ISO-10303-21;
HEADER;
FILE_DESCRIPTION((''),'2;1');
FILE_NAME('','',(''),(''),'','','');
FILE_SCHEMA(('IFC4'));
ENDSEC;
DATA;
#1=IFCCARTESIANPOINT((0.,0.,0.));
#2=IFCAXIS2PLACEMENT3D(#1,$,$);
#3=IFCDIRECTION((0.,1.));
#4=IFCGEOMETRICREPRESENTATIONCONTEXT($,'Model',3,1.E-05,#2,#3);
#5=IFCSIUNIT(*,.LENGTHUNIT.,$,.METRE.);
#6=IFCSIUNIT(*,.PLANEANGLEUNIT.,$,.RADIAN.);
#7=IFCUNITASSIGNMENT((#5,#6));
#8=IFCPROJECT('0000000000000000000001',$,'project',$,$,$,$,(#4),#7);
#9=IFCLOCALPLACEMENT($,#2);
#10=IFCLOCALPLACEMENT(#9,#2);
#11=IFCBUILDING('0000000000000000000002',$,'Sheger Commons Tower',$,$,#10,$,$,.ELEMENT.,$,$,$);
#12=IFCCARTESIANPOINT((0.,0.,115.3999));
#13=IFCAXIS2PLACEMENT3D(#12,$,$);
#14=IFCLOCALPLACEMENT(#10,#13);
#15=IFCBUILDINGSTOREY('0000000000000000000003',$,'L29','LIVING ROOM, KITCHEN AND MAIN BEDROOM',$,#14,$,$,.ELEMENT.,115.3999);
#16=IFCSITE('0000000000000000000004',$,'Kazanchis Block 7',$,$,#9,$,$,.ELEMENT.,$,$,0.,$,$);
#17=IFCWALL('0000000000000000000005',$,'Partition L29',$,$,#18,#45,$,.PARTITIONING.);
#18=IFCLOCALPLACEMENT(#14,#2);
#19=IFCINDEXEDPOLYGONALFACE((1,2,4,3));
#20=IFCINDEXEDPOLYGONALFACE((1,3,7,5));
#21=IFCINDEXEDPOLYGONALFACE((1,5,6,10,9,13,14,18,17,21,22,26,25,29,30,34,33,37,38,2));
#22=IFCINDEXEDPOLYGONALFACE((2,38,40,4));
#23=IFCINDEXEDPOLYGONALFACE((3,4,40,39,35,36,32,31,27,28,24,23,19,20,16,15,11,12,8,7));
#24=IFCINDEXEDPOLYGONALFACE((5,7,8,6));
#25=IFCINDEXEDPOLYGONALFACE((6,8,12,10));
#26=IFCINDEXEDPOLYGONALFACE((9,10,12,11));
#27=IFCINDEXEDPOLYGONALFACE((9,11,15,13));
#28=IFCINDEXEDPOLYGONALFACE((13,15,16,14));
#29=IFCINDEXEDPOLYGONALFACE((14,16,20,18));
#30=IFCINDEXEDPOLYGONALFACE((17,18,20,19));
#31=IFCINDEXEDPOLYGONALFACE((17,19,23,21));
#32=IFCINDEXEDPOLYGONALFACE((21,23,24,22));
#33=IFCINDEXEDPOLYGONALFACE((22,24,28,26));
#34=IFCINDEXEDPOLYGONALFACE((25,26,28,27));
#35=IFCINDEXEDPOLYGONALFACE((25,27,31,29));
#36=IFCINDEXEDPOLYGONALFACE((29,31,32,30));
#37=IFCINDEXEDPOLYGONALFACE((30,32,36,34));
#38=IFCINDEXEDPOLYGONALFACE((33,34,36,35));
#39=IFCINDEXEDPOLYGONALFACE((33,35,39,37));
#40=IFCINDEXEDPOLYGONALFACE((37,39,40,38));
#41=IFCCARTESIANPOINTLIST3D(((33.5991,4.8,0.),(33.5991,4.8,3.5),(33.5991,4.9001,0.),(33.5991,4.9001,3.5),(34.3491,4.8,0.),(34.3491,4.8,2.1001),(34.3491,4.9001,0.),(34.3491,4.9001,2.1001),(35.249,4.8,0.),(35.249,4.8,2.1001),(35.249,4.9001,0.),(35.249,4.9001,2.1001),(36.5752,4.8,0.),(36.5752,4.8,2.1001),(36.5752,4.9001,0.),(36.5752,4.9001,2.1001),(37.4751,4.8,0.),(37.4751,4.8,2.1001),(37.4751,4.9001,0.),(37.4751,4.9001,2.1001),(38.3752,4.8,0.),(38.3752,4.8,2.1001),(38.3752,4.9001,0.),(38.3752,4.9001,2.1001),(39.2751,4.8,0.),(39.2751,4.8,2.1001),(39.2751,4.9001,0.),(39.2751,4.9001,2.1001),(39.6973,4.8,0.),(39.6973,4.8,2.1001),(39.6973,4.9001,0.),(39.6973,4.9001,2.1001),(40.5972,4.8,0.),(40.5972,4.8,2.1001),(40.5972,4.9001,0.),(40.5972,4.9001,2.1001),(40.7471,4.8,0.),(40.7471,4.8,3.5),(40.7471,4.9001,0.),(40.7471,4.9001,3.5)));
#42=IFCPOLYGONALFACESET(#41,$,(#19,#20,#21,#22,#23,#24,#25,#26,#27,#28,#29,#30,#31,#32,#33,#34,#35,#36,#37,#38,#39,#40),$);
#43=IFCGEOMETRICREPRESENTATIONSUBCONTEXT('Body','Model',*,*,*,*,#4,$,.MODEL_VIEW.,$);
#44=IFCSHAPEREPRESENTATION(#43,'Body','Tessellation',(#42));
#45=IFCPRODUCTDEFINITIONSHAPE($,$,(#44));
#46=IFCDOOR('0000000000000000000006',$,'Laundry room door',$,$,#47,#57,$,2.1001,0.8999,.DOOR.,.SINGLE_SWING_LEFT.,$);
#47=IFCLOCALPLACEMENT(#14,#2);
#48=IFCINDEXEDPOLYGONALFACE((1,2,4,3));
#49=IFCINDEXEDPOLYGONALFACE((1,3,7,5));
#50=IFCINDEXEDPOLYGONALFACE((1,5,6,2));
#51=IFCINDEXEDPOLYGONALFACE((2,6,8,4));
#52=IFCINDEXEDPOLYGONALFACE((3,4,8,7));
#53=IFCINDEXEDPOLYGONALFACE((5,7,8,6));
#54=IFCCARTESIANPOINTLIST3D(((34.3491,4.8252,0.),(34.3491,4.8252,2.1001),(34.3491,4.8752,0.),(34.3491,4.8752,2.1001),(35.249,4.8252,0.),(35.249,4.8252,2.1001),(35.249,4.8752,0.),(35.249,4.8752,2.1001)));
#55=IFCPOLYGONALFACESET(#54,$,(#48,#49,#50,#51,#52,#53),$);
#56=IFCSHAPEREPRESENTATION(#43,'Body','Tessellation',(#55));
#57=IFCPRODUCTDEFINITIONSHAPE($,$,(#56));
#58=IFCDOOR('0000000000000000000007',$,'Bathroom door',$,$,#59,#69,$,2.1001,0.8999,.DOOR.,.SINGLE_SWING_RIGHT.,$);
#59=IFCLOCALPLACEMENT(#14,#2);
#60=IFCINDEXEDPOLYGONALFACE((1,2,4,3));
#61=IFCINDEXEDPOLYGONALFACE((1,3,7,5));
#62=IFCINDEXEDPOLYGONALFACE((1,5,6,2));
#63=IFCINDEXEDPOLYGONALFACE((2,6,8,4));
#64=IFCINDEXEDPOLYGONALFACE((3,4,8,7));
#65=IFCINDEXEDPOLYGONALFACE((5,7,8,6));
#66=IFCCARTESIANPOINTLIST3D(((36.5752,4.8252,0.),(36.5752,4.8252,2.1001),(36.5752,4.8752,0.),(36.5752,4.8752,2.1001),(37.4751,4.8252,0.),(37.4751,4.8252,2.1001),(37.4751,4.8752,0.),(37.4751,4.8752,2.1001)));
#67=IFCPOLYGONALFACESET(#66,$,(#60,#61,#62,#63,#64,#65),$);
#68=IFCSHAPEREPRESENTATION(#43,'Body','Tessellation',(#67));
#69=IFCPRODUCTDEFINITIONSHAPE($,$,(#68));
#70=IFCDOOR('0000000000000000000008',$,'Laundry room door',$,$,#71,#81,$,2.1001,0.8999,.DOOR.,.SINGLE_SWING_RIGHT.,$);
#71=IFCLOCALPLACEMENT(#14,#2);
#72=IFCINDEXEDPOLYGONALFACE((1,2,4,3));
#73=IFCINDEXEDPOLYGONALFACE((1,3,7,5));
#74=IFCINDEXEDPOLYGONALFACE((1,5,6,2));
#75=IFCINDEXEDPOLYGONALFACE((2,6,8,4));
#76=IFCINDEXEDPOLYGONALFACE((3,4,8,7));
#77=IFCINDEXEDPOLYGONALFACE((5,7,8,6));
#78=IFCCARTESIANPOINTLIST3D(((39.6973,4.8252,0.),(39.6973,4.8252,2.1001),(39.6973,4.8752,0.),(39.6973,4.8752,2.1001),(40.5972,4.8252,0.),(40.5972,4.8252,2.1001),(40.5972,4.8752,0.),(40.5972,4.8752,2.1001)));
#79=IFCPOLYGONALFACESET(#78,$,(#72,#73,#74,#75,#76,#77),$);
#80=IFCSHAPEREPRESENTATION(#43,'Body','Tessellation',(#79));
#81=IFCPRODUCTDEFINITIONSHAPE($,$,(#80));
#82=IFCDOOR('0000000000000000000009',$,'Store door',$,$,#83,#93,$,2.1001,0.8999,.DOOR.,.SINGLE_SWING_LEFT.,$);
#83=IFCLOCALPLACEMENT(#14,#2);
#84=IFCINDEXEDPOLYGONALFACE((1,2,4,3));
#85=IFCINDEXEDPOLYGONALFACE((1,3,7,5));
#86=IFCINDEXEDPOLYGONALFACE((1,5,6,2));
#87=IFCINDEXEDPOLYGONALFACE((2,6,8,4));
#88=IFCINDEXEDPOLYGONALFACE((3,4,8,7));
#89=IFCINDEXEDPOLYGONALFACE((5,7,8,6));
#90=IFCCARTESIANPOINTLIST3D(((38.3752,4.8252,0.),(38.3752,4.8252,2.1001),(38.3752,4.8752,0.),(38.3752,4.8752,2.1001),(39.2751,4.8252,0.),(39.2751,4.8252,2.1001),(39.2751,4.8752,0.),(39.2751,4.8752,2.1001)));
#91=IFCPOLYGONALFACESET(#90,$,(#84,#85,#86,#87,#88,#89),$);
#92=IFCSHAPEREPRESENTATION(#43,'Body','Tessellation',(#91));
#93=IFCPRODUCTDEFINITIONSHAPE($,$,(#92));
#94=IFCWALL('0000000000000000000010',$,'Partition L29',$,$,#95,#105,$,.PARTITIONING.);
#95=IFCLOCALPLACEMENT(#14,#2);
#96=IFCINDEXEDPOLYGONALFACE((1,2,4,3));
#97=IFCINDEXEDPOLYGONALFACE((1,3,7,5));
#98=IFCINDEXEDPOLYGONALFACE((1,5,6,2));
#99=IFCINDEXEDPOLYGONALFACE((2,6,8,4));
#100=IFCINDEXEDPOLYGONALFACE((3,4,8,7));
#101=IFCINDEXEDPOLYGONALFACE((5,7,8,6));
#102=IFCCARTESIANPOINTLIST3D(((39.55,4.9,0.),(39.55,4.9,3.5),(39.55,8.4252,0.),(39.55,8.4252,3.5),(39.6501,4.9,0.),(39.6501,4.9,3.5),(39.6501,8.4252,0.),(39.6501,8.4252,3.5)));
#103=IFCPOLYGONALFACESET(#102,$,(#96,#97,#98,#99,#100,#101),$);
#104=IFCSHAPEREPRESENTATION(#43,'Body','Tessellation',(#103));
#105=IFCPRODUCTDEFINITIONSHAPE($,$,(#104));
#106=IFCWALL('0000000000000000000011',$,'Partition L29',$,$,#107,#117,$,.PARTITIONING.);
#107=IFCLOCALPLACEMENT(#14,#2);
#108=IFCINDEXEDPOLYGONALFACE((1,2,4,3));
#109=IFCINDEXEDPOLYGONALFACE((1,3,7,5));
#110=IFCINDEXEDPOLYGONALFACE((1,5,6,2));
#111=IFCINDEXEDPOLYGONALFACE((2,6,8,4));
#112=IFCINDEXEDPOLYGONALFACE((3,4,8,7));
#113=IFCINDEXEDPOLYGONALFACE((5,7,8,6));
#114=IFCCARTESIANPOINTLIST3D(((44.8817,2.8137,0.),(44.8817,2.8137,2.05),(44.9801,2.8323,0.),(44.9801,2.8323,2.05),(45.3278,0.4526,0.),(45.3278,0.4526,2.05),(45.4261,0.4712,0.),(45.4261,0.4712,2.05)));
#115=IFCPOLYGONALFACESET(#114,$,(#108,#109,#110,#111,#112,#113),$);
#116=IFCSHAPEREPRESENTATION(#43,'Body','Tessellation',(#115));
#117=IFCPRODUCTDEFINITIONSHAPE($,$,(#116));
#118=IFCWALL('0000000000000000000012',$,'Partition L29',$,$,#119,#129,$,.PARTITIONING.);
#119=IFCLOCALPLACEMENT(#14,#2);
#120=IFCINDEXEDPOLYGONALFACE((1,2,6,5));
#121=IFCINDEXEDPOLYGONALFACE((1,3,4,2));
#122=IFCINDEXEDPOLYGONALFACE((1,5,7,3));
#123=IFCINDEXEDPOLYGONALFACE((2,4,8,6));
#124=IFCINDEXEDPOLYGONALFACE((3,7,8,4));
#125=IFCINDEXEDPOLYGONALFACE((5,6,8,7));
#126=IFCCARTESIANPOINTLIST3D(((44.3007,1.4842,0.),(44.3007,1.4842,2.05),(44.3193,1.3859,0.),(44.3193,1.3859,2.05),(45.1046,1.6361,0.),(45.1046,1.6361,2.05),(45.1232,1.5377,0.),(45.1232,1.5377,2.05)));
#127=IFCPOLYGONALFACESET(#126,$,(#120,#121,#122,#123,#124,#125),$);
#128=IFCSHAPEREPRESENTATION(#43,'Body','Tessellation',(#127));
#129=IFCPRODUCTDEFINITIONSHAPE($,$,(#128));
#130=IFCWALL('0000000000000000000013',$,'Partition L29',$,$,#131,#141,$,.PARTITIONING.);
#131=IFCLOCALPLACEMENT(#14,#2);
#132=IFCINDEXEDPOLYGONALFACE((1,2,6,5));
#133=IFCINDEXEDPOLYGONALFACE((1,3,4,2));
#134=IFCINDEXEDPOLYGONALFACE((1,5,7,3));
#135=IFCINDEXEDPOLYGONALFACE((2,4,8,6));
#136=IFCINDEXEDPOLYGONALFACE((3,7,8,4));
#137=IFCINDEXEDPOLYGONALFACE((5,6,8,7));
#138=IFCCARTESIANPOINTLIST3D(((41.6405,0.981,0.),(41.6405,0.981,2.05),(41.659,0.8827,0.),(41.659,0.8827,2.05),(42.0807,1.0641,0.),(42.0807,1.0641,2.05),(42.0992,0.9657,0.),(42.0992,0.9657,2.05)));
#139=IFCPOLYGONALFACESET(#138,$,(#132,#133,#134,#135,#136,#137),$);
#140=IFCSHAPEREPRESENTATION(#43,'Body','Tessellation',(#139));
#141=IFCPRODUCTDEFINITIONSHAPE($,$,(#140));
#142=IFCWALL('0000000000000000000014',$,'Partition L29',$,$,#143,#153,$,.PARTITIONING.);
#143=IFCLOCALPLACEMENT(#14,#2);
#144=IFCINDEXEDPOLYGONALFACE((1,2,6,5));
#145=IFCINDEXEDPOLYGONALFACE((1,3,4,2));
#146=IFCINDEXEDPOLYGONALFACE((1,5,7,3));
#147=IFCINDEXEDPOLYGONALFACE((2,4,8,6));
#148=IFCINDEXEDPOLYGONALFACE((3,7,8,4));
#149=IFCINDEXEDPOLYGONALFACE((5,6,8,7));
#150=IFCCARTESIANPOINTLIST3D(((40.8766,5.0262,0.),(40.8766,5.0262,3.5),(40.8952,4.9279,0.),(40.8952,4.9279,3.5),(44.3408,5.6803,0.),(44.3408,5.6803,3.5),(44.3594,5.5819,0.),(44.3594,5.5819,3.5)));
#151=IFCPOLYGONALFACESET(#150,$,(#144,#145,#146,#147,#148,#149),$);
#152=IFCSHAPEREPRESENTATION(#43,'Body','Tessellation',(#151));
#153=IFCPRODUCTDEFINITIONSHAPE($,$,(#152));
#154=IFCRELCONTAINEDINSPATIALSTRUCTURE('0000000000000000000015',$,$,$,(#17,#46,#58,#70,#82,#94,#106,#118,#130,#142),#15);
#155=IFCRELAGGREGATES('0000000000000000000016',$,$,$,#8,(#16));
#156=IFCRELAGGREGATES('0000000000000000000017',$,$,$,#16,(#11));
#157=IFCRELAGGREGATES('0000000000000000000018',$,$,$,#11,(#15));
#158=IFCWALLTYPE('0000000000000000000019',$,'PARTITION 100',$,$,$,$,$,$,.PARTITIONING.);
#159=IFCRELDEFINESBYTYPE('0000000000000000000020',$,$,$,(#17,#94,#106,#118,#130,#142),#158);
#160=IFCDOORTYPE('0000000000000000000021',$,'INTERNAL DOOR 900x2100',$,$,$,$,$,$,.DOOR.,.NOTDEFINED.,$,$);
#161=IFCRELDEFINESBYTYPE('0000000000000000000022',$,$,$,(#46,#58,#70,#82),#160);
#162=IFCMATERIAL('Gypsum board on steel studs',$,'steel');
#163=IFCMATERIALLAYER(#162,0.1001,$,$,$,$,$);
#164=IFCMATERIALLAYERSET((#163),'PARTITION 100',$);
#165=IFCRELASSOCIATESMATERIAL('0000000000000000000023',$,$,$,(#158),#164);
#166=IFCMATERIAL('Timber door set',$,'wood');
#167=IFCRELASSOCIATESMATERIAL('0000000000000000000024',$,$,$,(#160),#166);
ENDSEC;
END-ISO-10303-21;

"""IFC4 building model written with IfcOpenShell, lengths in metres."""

from ifc_helpers import new_model, si_unit, direction, frame, frame_2d, origin, place, context, subcontext, project, spatial, rectangle, extrude, material, layer, layer_set, type_object, element, fill, save


model = new_model("IFC4")

# Units and contexts
model_context = context("Model", 3, precision=1e-05, world=origin(), true_north=direction((0.0, 1.0)))
body_context = subcontext(model_context, "Body", "Model", "MODEL_VIEW")
ifc_project = project(units=[si_unit("LENGTHUNIT", "METRE"), si_unit("PLANEANGLEUNIT", "RADIAN")], contexts=[model_context])

# Site, building, storey
site_placement = place(None, origin())
site = spatial("IfcSite", under=ifc_project, at=site_placement, Name="Kazanchis Block 7", CompositionType="ELEMENT", RefElevation=0.0)
building_placement = place(site_placement, origin())
building = spatial("IfcBuilding", under=site, at=building_placement, Name="Sheger Commons Tower", CompositionType="ELEMENT")
storey_placement = place(building_placement, frame((0.0, 0.0, 115.3999)))
storey = spatial("IfcBuildingStorey", under=building, at=storey_placement, Name="L29", Description="LIVING ROOM, KITCHEN AND MAIN BEDROOM", CompositionType="ELEMENT", Elevation=115.3999)

# Wall, openings, doors
ifc_material_1 = material(Name="Gypsum board on steel studs", Category="steel")
ifc_layer_1 = layer(ifc_material_1, 0.1001)
ifc_layer_set_1 = layer_set([ifc_layer_1], Name="PARTITION 100")
wall_type = type_object("IfcWallType", Name="PARTITION 100", PredefinedType="PARTITIONING", material=ifc_layer_set_1)
ifc_material_2 = material(Name="Timber door set", Category="wood")
door_type = type_object("IfcDoorType", Name="INTERNAL DOOR 900x2100", OperationType="NOTDEFINED", PredefinedType="DOOR", material=ifc_material_2)
wall_1_placement = place(storey_placement, frame((40.7471, 4.8501, 0.0), z_axis=(0.0, 0.0, 1.0), x_axis=(-1.0, 0.0, 0.0)))
wall_1 = element("IfcWall", 1, at=wall_1_placement, inside=storey, type_object=wall_type, Name="Partition L29", PredefinedType="PARTITIONING", context=body_context, shape_type="SweptSolid", body=[
    extrude(rectangle(XDim=7.1479, YDim=0.1001, at=frame_2d((3.574, 0.0))), origin(), (0.0, 0.0, 1.0), 3.5),
])
opening_1_placement = place(wall_1_placement, frame((5.498, 0.0, 0.0)))
opening_1 = element("IfcOpeningElement", 2, at=opening_1_placement, cuts=wall_1, PredefinedType="OPENING", context=body_context, shape_type="SweptSolid", body=[
    extrude(rectangle(XDim=0.8999, YDim=2.1001, at=frame_2d((0.45, 1.05))), frame((0.0, 0.0601, 0.0), z_axis=(0.0, -1.0, 0.0), x_axis=(1.0, 0.0, 0.0)), (0.0, 0.0, 1.0), 0.1201),
])
opening_2_placement = place(wall_1_placement, frame((3.272, 0.0, 0.0)))
opening_2 = element("IfcOpeningElement", 3, at=opening_2_placement, cuts=wall_1, PredefinedType="OPENING", context=body_context, shape_type="SweptSolid", body=[
    extrude(rectangle(XDim=0.8999, YDim=2.1001, at=frame_2d((0.45, 1.05))), frame((0.0, 0.0601, 0.0), z_axis=(0.0, -1.0, 0.0), x_axis=(1.0, 0.0, 0.0)), (0.0, 0.0, 1.0), 0.1201),
])
opening_3_placement = place(wall_1_placement, frame((0.1499, 0.0, 0.0)))
opening_3 = element("IfcOpeningElement", 4, at=opening_3_placement, cuts=wall_1, PredefinedType="OPENING", context=body_context, shape_type="SweptSolid", body=[
    extrude(rectangle(XDim=0.8999, YDim=2.1001, at=frame_2d((0.45, 1.05))), frame((0.0, 0.0601, 0.0), z_axis=(0.0, -1.0, 0.0), x_axis=(1.0, 0.0, 0.0)), (0.0, 0.0, 1.0), 0.1201),
])
opening_4_placement = place(wall_1_placement, frame((1.4719, 0.0, 0.0)))
opening_4 = element("IfcOpeningElement", 5, at=opening_4_placement, cuts=wall_1, PredefinedType="OPENING", context=body_context, shape_type="SweptSolid", body=[
    extrude(rectangle(XDim=0.8999, YDim=2.1001, at=frame_2d((0.45, 1.05))), frame((0.0, 0.0601, 0.0), z_axis=(0.0, -1.0, 0.0), x_axis=(1.0, 0.0, 0.0)), (0.0, 0.0, 1.0), 0.1201),
])
door_1_placement = place(opening_1_placement, origin())
door_1 = element("IfcDoor", 6, at=door_1_placement, inside=storey, type_object=door_type, Name="Laundry room door", OperationType="SINGLE_SWING_LEFT", OverallHeight=2.1001, OverallWidth=0.8999, PredefinedType="DOOR", context=body_context, shape_type="SweptSolid", body=[
    extrude(rectangle(XDim=0.8999, YDim=2.1001, at=frame_2d((0.45, 1.05))), frame((0.0, 0.0249, 0.0), z_axis=(0.0, -1.0, 0.0), x_axis=(1.0, 0.0, 0.0)), (0.0, 0.0, 1.0), 0.05),
])
fill(opening_1, door_1)
door_2_placement = place(opening_2_placement, origin())
door_2 = element("IfcDoor", 7, at=door_2_placement, inside=storey, type_object=door_type, Name="Bathroom door", OperationType="SINGLE_SWING_RIGHT", OverallHeight=2.1001, OverallWidth=0.8999, PredefinedType="DOOR", context=body_context, shape_type="SweptSolid", body=[
    extrude(rectangle(XDim=0.8999, YDim=2.1001, at=frame_2d((0.45, 1.05))), frame((0.0, 0.0249, 0.0), z_axis=(0.0, -1.0, 0.0), x_axis=(1.0, 0.0, 0.0)), (0.0, 0.0, 1.0), 0.05),
])
fill(opening_2, door_2)
door_3_placement = place(opening_3_placement, origin())
door_3 = element("IfcDoor", 8, at=door_3_placement, inside=storey, type_object=door_type, Name="Laundry room door", OperationType="SINGLE_SWING_RIGHT", OverallHeight=2.1001, OverallWidth=0.8999, PredefinedType="DOOR", context=body_context, shape_type="SweptSolid", body=[
    extrude(rectangle(XDim=0.8999, YDim=2.1001, at=frame_2d((0.45, 1.05))), frame((0.0, 0.0249, 0.0), z_axis=(0.0, -1.0, 0.0), x_axis=(1.0, 0.0, 0.0)), (0.0, 0.0, 1.0), 0.05),
])
fill(opening_3, door_3)
door_4_placement = place(opening_4_placement, origin())
door_4 = element("IfcDoor", 9, at=door_4_placement, inside=storey, type_object=door_type, Name="Store door", OperationType="SINGLE_SWING_LEFT", OverallHeight=2.1001, OverallWidth=0.8999, PredefinedType="DOOR", context=body_context, shape_type="SweptSolid", body=[
    extrude(rectangle(XDim=0.8999, YDim=2.1001, at=frame_2d((0.45, 1.05))), frame((0.0, 0.0249, 0.0), z_axis=(0.0, -1.0, 0.0), x_axis=(1.0, 0.0, 0.0)), (0.0, 0.0, 1.0), 0.05),
])
fill(opening_4, door_4)

# Walls
wall_2_placement = place(storey_placement, frame((39.6001, 4.8999, 0.0), z_axis=(0.0, 0.0, 1.0), x_axis=(0.0, 1.0, 0.0)))
element("IfcWall", 10, at=wall_2_placement, inside=storey, type_object=wall_type, Name="Partition L29", PredefinedType="PARTITIONING", context=body_context, shape_type="SweptSolid", body=[
    extrude(rectangle(XDim=3.5251, YDim=0.1001, at=frame_2d((1.7627, 0.0))), origin(), (0.0, 0.0, 1.0), 3.5),
])
wall_3_placement = place(storey_placement, frame((44.9309, 2.823, 0.0), z_axis=(0.0, 0.0, 1.0), x_axis=(0.185632, -0.982619, 0.0)))
element("IfcWall", 11, at=wall_3_placement, inside=storey, type_object=wall_type, Name="Partition L29", PredefinedType="PARTITIONING", context=body_context, shape_type="SweptSolid", body=[
    extrude(rectangle(XDim=2.4028, YDim=0.1001, at=frame_2d((1.2014, 0.0))), origin(), (0.0, 0.0, 1.0), 2.05),
])
wall_4_placement = place(storey_placement, frame((45.114, 1.5869, 0.0), z_axis=(0.0, 0.0, 1.0), x_axis=(-0.982625, -0.185604, 0.0)))
element("IfcWall", 12, at=wall_4_placement, inside=storey, type_object=wall_type, Name="Partition L29", PredefinedType="PARTITIONING", context=body_context, shape_type="SweptSolid", body=[
    extrude(rectangle(XDim=0.8181, YDim=0.1001, at=frame_2d((0.4092, 0.0))), origin(), (0.0, 0.0, 1.0), 2.05),
])
wall_5_placement = place(storey_placement, frame((42.0901, 1.0149, 0.0), z_axis=(0.0, 0.0, 1.0), x_axis=(-0.98268, -0.185309, 0.0)))
element("IfcWall", 13, at=wall_5_placement, inside=storey, type_object=wall_type, Name="Partition L29", PredefinedType="PARTITIONING", context=body_context, shape_type="SweptSolid", body=[
    extrude(rectangle(XDim=0.448, YDim=0.1001, at=frame_2d((0.2241, 0.0))), origin(), (0.0, 0.0, 1.0), 2.05),
])
wall_6_placement = place(storey_placement, frame((44.3501, 5.6311, 0.0), z_axis=(0.0, 0.0, 1.0), x_axis=(-0.982639, -0.18553, 0.0)))
element("IfcWall", 14, at=wall_6_placement, inside=storey, type_object=wall_type, Name="Partition L29", PredefinedType="PARTITIONING", context=body_context, shape_type="SweptSolid", body=[
    extrude(rectangle(XDim=3.5254, YDim=0.1001, at=frame_2d((1.7627, 0.0))), origin(), (0.0, 0.0, 1.0), 3.5),
])

save(model, "model.ifc")
